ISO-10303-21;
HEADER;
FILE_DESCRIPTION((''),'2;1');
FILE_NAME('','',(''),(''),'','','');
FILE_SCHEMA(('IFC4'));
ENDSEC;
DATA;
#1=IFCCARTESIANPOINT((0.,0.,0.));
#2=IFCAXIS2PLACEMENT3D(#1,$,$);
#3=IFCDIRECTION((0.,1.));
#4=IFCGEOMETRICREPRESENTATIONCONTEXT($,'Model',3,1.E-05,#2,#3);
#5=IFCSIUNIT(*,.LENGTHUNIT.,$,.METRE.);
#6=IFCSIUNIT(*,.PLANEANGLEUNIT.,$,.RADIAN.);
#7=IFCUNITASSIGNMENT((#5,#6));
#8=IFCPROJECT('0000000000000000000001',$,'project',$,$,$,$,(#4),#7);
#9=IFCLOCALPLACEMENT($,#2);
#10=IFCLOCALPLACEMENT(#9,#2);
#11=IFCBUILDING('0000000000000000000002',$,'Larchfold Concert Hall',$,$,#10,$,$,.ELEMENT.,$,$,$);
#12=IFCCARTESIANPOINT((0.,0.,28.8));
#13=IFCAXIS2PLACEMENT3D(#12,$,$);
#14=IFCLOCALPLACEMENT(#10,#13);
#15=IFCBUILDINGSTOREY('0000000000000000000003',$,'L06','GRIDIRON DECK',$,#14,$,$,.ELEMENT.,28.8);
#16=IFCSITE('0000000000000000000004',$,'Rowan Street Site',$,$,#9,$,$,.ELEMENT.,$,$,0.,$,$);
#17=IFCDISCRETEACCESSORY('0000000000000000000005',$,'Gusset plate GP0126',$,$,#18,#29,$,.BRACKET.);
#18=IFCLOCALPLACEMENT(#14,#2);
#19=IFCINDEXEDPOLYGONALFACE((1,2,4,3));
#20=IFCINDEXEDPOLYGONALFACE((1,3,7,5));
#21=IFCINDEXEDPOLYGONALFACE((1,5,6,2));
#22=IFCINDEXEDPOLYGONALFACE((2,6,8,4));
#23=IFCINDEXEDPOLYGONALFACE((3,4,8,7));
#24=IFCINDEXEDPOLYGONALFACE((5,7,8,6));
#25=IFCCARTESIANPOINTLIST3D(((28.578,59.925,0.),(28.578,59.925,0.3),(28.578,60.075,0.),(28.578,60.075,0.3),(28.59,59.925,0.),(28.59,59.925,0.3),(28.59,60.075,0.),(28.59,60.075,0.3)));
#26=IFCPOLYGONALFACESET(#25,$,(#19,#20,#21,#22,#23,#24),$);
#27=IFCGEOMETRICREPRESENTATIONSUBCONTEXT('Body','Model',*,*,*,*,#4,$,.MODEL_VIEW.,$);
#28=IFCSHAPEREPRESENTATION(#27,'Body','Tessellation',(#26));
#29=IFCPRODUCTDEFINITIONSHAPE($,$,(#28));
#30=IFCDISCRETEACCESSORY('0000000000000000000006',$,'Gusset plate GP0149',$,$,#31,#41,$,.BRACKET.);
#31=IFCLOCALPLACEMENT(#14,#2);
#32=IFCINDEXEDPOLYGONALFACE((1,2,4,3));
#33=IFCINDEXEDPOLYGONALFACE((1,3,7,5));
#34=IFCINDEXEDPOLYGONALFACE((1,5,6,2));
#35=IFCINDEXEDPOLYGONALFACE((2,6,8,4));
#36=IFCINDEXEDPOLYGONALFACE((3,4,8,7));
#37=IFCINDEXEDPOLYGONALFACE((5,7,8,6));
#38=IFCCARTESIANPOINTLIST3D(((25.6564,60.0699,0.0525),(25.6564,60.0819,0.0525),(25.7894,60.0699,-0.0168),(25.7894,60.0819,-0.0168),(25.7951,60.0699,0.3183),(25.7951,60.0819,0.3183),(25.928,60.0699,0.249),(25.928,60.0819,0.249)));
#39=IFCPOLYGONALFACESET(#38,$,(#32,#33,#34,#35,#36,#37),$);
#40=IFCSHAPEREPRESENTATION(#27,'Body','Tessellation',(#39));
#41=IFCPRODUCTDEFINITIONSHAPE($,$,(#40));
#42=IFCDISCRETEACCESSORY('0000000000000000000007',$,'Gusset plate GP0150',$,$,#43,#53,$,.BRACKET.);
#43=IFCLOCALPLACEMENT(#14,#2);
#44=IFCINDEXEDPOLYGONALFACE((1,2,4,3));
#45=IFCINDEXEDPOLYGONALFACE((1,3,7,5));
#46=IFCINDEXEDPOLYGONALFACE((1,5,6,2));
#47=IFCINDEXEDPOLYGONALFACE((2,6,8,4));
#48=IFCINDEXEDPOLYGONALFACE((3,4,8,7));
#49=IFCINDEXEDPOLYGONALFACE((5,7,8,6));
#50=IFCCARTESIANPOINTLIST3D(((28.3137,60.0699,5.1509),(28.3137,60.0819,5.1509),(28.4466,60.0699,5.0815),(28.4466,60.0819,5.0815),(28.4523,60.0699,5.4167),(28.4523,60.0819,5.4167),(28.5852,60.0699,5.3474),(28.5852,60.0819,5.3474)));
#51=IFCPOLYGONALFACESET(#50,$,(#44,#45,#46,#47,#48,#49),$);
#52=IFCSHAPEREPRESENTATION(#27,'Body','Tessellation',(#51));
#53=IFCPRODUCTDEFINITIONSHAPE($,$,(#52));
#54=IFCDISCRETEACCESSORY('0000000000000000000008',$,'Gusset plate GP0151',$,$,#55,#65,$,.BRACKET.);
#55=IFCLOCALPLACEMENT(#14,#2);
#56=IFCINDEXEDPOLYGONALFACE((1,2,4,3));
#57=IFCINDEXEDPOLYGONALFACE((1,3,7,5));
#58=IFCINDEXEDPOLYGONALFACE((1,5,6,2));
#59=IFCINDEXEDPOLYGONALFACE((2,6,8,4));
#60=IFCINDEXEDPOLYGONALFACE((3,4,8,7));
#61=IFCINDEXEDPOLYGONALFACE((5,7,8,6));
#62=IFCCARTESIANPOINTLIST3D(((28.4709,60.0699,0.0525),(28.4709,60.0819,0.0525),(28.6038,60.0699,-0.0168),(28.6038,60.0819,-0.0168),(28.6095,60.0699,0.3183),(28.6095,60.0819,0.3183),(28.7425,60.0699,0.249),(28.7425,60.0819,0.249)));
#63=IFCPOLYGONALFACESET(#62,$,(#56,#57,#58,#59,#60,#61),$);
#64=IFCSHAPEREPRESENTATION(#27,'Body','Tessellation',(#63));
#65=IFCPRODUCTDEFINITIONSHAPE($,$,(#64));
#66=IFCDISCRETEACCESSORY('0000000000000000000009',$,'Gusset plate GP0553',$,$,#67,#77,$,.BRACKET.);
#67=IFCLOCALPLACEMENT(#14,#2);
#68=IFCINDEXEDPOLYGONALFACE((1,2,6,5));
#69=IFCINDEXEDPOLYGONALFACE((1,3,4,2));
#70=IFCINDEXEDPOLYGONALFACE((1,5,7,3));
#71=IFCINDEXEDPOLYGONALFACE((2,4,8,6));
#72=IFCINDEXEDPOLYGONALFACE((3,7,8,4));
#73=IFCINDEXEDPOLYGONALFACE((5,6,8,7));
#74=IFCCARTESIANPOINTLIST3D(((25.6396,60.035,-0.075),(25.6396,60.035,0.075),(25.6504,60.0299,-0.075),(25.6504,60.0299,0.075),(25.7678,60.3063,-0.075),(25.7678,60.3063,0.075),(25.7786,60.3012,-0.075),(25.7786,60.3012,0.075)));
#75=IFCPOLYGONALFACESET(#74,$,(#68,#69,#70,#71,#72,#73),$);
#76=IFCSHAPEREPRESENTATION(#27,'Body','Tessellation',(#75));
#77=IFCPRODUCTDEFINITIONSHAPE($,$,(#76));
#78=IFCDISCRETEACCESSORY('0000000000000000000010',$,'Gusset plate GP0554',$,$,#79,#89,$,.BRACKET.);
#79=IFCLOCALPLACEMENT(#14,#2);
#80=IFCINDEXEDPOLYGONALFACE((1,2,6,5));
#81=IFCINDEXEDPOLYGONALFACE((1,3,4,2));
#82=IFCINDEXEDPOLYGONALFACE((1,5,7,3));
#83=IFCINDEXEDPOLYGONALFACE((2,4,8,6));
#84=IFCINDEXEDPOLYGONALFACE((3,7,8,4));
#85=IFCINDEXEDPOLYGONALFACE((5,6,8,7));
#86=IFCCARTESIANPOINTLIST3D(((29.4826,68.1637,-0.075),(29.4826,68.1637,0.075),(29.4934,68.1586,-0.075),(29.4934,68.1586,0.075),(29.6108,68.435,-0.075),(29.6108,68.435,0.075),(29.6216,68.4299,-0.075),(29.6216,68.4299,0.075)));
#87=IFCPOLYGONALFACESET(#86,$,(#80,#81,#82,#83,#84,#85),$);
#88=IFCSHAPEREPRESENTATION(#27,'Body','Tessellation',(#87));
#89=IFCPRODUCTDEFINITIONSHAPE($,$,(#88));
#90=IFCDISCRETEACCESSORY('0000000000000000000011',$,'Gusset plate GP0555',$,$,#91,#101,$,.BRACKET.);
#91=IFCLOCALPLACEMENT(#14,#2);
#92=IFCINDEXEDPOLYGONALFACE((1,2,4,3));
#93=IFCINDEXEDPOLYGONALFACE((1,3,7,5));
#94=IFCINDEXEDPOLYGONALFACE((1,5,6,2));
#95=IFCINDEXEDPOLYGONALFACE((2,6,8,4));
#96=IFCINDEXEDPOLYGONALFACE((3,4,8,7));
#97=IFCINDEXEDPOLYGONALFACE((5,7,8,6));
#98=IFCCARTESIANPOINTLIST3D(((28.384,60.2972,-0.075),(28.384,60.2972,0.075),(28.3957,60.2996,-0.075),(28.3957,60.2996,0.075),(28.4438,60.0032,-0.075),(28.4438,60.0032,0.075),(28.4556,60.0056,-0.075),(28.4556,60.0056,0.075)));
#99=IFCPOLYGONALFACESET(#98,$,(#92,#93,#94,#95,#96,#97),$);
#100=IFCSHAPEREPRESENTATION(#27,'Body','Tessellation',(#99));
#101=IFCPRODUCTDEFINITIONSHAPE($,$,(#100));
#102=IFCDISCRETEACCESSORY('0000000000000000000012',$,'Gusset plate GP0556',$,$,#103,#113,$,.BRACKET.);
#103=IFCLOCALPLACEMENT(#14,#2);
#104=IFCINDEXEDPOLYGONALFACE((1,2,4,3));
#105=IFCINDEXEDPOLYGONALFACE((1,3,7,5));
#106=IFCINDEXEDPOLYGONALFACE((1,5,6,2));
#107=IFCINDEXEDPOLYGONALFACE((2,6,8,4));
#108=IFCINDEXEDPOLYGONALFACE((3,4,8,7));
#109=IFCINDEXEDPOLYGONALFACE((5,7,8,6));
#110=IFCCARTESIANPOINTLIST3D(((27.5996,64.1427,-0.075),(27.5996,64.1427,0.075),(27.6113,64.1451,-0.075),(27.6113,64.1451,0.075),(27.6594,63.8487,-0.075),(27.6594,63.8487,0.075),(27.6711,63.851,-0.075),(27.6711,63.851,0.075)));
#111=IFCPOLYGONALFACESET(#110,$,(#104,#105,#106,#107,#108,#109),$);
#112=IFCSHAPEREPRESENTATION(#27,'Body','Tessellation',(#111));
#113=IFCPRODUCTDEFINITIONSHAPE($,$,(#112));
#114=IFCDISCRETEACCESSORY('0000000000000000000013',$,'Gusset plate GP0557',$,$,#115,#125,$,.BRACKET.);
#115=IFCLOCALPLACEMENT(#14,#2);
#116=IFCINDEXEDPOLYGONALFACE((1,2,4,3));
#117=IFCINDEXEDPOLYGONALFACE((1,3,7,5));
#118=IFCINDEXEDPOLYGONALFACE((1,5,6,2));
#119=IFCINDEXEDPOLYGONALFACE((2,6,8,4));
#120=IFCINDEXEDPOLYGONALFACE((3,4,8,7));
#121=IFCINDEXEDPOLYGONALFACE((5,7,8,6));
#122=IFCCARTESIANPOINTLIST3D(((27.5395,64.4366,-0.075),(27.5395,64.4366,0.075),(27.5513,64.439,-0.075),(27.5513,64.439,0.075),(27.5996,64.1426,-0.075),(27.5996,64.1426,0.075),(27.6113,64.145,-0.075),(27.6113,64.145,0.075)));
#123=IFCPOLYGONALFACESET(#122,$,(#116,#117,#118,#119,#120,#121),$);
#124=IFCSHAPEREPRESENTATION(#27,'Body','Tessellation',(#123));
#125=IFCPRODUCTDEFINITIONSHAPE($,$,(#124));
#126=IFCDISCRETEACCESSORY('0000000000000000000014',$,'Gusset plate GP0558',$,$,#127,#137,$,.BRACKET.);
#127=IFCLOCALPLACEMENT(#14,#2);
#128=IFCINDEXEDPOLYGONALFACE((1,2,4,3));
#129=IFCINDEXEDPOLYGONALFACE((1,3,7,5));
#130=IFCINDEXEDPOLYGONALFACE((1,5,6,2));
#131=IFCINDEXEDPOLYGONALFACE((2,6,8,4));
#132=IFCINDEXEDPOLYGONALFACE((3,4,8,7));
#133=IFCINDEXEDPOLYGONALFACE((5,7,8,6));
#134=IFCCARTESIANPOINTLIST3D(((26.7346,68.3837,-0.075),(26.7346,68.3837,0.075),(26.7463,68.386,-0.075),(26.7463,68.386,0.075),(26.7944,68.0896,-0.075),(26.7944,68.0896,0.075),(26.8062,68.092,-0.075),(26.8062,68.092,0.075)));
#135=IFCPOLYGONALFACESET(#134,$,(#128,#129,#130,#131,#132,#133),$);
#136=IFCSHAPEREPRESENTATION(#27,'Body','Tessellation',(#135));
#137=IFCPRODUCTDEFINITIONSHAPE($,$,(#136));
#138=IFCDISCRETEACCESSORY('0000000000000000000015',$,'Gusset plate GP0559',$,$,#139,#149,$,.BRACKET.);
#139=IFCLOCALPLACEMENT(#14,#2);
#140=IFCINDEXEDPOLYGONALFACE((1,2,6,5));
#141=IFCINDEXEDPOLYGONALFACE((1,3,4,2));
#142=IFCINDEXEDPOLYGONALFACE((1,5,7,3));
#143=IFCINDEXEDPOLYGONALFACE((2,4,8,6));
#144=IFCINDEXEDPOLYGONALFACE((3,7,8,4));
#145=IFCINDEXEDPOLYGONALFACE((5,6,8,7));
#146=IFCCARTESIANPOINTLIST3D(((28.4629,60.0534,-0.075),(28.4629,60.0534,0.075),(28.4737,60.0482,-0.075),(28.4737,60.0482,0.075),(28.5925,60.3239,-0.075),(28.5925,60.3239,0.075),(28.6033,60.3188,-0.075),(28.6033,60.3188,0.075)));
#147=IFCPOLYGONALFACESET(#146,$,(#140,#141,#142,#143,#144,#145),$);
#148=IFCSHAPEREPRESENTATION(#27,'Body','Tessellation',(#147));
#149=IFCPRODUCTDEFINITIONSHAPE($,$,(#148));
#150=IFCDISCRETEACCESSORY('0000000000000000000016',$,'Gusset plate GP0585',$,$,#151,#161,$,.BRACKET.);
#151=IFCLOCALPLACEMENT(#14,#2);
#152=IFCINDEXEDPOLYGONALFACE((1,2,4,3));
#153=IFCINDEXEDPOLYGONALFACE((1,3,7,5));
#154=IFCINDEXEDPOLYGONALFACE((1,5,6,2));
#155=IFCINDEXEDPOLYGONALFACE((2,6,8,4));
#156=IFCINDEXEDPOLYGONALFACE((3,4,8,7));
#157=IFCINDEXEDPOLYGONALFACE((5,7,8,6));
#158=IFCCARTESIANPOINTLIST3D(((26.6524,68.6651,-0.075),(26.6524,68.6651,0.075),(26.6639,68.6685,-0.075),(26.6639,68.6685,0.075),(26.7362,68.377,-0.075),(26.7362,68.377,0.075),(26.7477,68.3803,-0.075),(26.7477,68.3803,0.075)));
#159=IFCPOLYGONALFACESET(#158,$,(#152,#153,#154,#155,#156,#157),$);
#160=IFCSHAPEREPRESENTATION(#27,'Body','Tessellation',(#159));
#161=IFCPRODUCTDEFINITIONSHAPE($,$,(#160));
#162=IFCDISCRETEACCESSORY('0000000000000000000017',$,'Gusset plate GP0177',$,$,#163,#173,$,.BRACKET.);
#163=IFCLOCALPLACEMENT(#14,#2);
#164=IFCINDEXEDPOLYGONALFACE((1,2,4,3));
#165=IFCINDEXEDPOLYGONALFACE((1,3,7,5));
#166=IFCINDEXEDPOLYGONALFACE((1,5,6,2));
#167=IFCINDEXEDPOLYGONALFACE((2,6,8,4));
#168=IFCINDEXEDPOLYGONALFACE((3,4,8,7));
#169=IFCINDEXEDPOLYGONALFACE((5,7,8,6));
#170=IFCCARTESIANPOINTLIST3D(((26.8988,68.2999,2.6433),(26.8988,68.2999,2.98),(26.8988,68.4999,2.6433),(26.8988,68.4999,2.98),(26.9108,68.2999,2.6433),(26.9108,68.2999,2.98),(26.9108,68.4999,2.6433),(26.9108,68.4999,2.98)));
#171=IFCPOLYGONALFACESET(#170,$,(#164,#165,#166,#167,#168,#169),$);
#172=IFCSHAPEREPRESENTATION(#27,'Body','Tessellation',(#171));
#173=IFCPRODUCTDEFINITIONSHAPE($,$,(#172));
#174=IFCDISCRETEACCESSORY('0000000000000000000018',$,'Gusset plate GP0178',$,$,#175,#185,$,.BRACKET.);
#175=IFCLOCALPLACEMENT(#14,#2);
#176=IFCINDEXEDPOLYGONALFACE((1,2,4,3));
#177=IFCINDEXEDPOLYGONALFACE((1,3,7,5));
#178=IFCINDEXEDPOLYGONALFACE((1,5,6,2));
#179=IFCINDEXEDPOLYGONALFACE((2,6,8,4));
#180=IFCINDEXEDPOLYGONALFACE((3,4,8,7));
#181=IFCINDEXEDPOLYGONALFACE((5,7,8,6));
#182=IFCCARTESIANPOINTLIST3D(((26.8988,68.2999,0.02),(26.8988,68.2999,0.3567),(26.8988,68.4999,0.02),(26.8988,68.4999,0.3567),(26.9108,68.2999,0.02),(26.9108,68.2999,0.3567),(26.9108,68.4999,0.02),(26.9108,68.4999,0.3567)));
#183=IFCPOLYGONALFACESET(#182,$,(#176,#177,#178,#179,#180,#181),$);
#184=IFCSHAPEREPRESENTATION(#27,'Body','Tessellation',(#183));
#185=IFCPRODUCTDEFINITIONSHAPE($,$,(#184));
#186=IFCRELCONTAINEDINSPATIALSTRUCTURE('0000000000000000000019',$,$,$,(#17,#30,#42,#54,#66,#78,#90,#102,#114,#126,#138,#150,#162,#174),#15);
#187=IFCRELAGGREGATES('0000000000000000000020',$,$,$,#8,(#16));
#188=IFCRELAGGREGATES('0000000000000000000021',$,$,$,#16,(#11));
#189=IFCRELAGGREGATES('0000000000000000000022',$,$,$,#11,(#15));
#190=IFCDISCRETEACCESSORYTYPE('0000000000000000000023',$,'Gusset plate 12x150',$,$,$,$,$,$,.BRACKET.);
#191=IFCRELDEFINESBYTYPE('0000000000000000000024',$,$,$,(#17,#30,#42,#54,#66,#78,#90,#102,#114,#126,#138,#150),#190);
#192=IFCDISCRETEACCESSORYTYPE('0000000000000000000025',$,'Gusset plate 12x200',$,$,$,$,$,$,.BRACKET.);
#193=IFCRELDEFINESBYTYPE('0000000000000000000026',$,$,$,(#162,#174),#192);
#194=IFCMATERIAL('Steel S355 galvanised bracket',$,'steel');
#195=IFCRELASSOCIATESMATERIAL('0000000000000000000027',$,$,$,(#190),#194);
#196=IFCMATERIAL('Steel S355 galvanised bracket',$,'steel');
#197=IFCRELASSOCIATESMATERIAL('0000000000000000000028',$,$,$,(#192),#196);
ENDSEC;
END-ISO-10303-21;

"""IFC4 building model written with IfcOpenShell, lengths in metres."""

from ifc_helpers import new_model, si_unit, direction, frame, origin, origin_2d, place, context, subcontext, project, spatial, rectangle, extrude, material, material_profile, profile_set, type_object, element, save


model = new_model("IFC4")

# Units and contexts
model_context = context("Model", 3, precision=1e-05, world=origin(), true_north=direction((0.0, 1.0)))
body_context = subcontext(model_context, "Body", "Model", "MODEL_VIEW")
ifc_project = project(units=[si_unit("LENGTHUNIT", "METRE"), si_unit("PLANEANGLEUNIT", "RADIAN")], contexts=[model_context])

# Site, building, storey
site_placement = place(None, origin())
site = spatial("IfcSite", under=ifc_project, at=site_placement, Name="Rowan Street Site", CompositionType="ELEMENT", RefElevation=0.0)
building_placement = place(site_placement, origin())
building = spatial("IfcBuilding", under=site, at=building_placement, Name="Larchfold Concert Hall", CompositionType="ELEMENT")
storey_placement = place(building_placement, frame((0.0, 0.0, 28.8)))
storey = spatial("IfcBuildingStorey", under=building, at=storey_placement, Name="L06", Description="GRIDIRON DECK", CompositionType="ELEMENT", Elevation=28.8)

# Discrete accessories
ifc_material_1 = material(Name="Steel S355 galvanised bracket", Category="steel")
ifc_material_profile_1 = material_profile(ifc_material_1, rectangle(XDim=0.012, YDim=0.1499, at=origin_2d()))
ifc_profile_set_1 = profile_set([ifc_material_profile_1], Name="Steel S355 galvanised bracket")
discrete_accessory_type_1 = type_object("IfcDiscreteAccessoryType", Name="Gusset plate 12x150", PredefinedType="BRACKET", material=ifc_profile_set_1)
for number, where, z_axis, x_axis, name in (
    (1, (28.584, 60.0, 0.3), (0.0, 0.0, -1.0), (1.0, 0.0, 0.0), "Gusset plate GP0126"),
):
    element("IfcDiscreteAccessory", number, at=place(storey_placement, frame(where, z_axis=z_axis, x_axis=x_axis)), inside=storey, type_object=discrete_accessory_type_1, Name=name, PredefinedType="BRACKET", context=body_context, shape_type="SweptSolid", body=[
        extrude(rectangle(XDim=0.012, YDim=0.1499, at=origin_2d()), origin(), (0.0, 0.0, 1.0), 0.3),
    ])
for number, where, z_axis, x_axis, name in (
    (2, (25.7229, 60.0759, 0.0178), (0.462455, 0.0, 0.886643), (0.0, 1.0, 0.0), "Gusset plate GP0149"),
    (3, (28.3801, 60.0759, 5.1162), (0.462455, 0.0, 0.886643), (0.0, 1.0, 0.0), "Gusset plate GP0150"),
    (4, (28.5374, 60.0759, 0.0178), (0.462455, 0.0, 0.886643), (0.0, 1.0, 0.0), "Gusset plate GP0151"),
):
    element("IfcDiscreteAccessory", number, at=place(storey_placement, frame(where, z_axis=z_axis, x_axis=x_axis)), inside=storey, type_object=discrete_accessory_type_1, Name=name, PredefinedType="BRACKET", context=body_context, shape_type="SweptSolid", body=[
        extrude(rectangle(XDim=0.012, YDim=0.1499, at=origin_2d()), origin(), (0.0, 0.0, 1.0), 0.2998),
    ])
for number, where, z_axis, x_axis, name in (
    (5, (25.645, 60.0325, 0.0), (0.427247, 0.904135, 0.0), (-0.904135, 0.427247, 0.0), "Gusset plate GP0553"),
    (6, (29.488, 68.1611, 0.0), (0.427247, 0.904135, 0.0), (-0.904135, 0.427247, 0.0), "Gusset plate GP0554"),
    (7, (28.4497, 60.0044, 0.0), (-0.199402, 0.979918, 0.0), (-0.979918, -0.199402, 0.0), "Gusset plate GP0555"),
    (8, (27.6653, 63.8499, 0.0), (-0.199402, 0.979918, 0.0), (-0.979918, -0.199402, 0.0), "Gusset plate GP0556"),
    (9, (27.6055, 64.1438, 0.0), (-0.200183, 0.979758, 0.0), (-0.979758, -0.200183, 0.0), "Gusset plate GP0557"),
    (10, (26.8003, 68.0908, 0.0), (-0.199402, 0.979918, 0.0), (-0.979918, -0.199402, 0.0), "Gusset plate GP0558"),
    (11, (28.4683, 60.0508, 0.0), (0.432175, 0.90179, 0.0), (-0.90179, 0.432175, 0.0), "Gusset plate GP0559"),
    (12, (26.7419, 68.3787, 0.0), (-0.279125, 0.960255, 0.0), (-0.960255, -0.279125, 0.0), "Gusset plate GP0585"),
):
    element("IfcDiscreteAccessory", number, at=place(storey_placement, frame(where, z_axis=z_axis, x_axis=x_axis)), inside=storey, type_object=discrete_accessory_type_1, Name=name, PredefinedType="BRACKET", context=body_context, shape_type="SweptSolid", body=[
        extrude(rectangle(XDim=0.012, YDim=0.1499, at=origin_2d()), origin(), (0.0, 0.0, 1.0), 0.3),
    ])
ifc_material_2 = material(Name="Steel S355 galvanised bracket", Category="steel")
ifc_material_profile_2 = material_profile(ifc_material_2, rectangle(XDim=0.012, YDim=0.2, at=origin_2d()))
ifc_profile_set_2 = profile_set([ifc_material_profile_2], Name="Steel S355 galvanised bracket")
discrete_accessory_type_2 = type_object("IfcDiscreteAccessoryType", Name="Gusset plate 12x200", PredefinedType="BRACKET", material=ifc_profile_set_2)
for number, where, z_axis, x_axis, name in (
    (13, (26.9048, 68.3999, 2.98), (0.0, 0.0, -1.0), (1.0, 0.0, 0.0), "Gusset plate GP0177"),
    (14, (26.9048, 68.3999, 0.3567), (0.0, 0.0, -1.0), (1.0, 0.0, 0.0), "Gusset plate GP0178"),
):
    element("IfcDiscreteAccessory", number, at=place(storey_placement, frame(where, z_axis=z_axis, x_axis=x_axis)), inside=storey, type_object=discrete_accessory_type_2, Name=name, PredefinedType="BRACKET", context=body_context, shape_type="SweptSolid", body=[
        extrude(rectangle(XDim=0.012, YDim=0.2, at=origin_2d()), origin(), (0.0, 0.0, 1.0), 0.3367),
    ])

save(model, "model.ifc")
